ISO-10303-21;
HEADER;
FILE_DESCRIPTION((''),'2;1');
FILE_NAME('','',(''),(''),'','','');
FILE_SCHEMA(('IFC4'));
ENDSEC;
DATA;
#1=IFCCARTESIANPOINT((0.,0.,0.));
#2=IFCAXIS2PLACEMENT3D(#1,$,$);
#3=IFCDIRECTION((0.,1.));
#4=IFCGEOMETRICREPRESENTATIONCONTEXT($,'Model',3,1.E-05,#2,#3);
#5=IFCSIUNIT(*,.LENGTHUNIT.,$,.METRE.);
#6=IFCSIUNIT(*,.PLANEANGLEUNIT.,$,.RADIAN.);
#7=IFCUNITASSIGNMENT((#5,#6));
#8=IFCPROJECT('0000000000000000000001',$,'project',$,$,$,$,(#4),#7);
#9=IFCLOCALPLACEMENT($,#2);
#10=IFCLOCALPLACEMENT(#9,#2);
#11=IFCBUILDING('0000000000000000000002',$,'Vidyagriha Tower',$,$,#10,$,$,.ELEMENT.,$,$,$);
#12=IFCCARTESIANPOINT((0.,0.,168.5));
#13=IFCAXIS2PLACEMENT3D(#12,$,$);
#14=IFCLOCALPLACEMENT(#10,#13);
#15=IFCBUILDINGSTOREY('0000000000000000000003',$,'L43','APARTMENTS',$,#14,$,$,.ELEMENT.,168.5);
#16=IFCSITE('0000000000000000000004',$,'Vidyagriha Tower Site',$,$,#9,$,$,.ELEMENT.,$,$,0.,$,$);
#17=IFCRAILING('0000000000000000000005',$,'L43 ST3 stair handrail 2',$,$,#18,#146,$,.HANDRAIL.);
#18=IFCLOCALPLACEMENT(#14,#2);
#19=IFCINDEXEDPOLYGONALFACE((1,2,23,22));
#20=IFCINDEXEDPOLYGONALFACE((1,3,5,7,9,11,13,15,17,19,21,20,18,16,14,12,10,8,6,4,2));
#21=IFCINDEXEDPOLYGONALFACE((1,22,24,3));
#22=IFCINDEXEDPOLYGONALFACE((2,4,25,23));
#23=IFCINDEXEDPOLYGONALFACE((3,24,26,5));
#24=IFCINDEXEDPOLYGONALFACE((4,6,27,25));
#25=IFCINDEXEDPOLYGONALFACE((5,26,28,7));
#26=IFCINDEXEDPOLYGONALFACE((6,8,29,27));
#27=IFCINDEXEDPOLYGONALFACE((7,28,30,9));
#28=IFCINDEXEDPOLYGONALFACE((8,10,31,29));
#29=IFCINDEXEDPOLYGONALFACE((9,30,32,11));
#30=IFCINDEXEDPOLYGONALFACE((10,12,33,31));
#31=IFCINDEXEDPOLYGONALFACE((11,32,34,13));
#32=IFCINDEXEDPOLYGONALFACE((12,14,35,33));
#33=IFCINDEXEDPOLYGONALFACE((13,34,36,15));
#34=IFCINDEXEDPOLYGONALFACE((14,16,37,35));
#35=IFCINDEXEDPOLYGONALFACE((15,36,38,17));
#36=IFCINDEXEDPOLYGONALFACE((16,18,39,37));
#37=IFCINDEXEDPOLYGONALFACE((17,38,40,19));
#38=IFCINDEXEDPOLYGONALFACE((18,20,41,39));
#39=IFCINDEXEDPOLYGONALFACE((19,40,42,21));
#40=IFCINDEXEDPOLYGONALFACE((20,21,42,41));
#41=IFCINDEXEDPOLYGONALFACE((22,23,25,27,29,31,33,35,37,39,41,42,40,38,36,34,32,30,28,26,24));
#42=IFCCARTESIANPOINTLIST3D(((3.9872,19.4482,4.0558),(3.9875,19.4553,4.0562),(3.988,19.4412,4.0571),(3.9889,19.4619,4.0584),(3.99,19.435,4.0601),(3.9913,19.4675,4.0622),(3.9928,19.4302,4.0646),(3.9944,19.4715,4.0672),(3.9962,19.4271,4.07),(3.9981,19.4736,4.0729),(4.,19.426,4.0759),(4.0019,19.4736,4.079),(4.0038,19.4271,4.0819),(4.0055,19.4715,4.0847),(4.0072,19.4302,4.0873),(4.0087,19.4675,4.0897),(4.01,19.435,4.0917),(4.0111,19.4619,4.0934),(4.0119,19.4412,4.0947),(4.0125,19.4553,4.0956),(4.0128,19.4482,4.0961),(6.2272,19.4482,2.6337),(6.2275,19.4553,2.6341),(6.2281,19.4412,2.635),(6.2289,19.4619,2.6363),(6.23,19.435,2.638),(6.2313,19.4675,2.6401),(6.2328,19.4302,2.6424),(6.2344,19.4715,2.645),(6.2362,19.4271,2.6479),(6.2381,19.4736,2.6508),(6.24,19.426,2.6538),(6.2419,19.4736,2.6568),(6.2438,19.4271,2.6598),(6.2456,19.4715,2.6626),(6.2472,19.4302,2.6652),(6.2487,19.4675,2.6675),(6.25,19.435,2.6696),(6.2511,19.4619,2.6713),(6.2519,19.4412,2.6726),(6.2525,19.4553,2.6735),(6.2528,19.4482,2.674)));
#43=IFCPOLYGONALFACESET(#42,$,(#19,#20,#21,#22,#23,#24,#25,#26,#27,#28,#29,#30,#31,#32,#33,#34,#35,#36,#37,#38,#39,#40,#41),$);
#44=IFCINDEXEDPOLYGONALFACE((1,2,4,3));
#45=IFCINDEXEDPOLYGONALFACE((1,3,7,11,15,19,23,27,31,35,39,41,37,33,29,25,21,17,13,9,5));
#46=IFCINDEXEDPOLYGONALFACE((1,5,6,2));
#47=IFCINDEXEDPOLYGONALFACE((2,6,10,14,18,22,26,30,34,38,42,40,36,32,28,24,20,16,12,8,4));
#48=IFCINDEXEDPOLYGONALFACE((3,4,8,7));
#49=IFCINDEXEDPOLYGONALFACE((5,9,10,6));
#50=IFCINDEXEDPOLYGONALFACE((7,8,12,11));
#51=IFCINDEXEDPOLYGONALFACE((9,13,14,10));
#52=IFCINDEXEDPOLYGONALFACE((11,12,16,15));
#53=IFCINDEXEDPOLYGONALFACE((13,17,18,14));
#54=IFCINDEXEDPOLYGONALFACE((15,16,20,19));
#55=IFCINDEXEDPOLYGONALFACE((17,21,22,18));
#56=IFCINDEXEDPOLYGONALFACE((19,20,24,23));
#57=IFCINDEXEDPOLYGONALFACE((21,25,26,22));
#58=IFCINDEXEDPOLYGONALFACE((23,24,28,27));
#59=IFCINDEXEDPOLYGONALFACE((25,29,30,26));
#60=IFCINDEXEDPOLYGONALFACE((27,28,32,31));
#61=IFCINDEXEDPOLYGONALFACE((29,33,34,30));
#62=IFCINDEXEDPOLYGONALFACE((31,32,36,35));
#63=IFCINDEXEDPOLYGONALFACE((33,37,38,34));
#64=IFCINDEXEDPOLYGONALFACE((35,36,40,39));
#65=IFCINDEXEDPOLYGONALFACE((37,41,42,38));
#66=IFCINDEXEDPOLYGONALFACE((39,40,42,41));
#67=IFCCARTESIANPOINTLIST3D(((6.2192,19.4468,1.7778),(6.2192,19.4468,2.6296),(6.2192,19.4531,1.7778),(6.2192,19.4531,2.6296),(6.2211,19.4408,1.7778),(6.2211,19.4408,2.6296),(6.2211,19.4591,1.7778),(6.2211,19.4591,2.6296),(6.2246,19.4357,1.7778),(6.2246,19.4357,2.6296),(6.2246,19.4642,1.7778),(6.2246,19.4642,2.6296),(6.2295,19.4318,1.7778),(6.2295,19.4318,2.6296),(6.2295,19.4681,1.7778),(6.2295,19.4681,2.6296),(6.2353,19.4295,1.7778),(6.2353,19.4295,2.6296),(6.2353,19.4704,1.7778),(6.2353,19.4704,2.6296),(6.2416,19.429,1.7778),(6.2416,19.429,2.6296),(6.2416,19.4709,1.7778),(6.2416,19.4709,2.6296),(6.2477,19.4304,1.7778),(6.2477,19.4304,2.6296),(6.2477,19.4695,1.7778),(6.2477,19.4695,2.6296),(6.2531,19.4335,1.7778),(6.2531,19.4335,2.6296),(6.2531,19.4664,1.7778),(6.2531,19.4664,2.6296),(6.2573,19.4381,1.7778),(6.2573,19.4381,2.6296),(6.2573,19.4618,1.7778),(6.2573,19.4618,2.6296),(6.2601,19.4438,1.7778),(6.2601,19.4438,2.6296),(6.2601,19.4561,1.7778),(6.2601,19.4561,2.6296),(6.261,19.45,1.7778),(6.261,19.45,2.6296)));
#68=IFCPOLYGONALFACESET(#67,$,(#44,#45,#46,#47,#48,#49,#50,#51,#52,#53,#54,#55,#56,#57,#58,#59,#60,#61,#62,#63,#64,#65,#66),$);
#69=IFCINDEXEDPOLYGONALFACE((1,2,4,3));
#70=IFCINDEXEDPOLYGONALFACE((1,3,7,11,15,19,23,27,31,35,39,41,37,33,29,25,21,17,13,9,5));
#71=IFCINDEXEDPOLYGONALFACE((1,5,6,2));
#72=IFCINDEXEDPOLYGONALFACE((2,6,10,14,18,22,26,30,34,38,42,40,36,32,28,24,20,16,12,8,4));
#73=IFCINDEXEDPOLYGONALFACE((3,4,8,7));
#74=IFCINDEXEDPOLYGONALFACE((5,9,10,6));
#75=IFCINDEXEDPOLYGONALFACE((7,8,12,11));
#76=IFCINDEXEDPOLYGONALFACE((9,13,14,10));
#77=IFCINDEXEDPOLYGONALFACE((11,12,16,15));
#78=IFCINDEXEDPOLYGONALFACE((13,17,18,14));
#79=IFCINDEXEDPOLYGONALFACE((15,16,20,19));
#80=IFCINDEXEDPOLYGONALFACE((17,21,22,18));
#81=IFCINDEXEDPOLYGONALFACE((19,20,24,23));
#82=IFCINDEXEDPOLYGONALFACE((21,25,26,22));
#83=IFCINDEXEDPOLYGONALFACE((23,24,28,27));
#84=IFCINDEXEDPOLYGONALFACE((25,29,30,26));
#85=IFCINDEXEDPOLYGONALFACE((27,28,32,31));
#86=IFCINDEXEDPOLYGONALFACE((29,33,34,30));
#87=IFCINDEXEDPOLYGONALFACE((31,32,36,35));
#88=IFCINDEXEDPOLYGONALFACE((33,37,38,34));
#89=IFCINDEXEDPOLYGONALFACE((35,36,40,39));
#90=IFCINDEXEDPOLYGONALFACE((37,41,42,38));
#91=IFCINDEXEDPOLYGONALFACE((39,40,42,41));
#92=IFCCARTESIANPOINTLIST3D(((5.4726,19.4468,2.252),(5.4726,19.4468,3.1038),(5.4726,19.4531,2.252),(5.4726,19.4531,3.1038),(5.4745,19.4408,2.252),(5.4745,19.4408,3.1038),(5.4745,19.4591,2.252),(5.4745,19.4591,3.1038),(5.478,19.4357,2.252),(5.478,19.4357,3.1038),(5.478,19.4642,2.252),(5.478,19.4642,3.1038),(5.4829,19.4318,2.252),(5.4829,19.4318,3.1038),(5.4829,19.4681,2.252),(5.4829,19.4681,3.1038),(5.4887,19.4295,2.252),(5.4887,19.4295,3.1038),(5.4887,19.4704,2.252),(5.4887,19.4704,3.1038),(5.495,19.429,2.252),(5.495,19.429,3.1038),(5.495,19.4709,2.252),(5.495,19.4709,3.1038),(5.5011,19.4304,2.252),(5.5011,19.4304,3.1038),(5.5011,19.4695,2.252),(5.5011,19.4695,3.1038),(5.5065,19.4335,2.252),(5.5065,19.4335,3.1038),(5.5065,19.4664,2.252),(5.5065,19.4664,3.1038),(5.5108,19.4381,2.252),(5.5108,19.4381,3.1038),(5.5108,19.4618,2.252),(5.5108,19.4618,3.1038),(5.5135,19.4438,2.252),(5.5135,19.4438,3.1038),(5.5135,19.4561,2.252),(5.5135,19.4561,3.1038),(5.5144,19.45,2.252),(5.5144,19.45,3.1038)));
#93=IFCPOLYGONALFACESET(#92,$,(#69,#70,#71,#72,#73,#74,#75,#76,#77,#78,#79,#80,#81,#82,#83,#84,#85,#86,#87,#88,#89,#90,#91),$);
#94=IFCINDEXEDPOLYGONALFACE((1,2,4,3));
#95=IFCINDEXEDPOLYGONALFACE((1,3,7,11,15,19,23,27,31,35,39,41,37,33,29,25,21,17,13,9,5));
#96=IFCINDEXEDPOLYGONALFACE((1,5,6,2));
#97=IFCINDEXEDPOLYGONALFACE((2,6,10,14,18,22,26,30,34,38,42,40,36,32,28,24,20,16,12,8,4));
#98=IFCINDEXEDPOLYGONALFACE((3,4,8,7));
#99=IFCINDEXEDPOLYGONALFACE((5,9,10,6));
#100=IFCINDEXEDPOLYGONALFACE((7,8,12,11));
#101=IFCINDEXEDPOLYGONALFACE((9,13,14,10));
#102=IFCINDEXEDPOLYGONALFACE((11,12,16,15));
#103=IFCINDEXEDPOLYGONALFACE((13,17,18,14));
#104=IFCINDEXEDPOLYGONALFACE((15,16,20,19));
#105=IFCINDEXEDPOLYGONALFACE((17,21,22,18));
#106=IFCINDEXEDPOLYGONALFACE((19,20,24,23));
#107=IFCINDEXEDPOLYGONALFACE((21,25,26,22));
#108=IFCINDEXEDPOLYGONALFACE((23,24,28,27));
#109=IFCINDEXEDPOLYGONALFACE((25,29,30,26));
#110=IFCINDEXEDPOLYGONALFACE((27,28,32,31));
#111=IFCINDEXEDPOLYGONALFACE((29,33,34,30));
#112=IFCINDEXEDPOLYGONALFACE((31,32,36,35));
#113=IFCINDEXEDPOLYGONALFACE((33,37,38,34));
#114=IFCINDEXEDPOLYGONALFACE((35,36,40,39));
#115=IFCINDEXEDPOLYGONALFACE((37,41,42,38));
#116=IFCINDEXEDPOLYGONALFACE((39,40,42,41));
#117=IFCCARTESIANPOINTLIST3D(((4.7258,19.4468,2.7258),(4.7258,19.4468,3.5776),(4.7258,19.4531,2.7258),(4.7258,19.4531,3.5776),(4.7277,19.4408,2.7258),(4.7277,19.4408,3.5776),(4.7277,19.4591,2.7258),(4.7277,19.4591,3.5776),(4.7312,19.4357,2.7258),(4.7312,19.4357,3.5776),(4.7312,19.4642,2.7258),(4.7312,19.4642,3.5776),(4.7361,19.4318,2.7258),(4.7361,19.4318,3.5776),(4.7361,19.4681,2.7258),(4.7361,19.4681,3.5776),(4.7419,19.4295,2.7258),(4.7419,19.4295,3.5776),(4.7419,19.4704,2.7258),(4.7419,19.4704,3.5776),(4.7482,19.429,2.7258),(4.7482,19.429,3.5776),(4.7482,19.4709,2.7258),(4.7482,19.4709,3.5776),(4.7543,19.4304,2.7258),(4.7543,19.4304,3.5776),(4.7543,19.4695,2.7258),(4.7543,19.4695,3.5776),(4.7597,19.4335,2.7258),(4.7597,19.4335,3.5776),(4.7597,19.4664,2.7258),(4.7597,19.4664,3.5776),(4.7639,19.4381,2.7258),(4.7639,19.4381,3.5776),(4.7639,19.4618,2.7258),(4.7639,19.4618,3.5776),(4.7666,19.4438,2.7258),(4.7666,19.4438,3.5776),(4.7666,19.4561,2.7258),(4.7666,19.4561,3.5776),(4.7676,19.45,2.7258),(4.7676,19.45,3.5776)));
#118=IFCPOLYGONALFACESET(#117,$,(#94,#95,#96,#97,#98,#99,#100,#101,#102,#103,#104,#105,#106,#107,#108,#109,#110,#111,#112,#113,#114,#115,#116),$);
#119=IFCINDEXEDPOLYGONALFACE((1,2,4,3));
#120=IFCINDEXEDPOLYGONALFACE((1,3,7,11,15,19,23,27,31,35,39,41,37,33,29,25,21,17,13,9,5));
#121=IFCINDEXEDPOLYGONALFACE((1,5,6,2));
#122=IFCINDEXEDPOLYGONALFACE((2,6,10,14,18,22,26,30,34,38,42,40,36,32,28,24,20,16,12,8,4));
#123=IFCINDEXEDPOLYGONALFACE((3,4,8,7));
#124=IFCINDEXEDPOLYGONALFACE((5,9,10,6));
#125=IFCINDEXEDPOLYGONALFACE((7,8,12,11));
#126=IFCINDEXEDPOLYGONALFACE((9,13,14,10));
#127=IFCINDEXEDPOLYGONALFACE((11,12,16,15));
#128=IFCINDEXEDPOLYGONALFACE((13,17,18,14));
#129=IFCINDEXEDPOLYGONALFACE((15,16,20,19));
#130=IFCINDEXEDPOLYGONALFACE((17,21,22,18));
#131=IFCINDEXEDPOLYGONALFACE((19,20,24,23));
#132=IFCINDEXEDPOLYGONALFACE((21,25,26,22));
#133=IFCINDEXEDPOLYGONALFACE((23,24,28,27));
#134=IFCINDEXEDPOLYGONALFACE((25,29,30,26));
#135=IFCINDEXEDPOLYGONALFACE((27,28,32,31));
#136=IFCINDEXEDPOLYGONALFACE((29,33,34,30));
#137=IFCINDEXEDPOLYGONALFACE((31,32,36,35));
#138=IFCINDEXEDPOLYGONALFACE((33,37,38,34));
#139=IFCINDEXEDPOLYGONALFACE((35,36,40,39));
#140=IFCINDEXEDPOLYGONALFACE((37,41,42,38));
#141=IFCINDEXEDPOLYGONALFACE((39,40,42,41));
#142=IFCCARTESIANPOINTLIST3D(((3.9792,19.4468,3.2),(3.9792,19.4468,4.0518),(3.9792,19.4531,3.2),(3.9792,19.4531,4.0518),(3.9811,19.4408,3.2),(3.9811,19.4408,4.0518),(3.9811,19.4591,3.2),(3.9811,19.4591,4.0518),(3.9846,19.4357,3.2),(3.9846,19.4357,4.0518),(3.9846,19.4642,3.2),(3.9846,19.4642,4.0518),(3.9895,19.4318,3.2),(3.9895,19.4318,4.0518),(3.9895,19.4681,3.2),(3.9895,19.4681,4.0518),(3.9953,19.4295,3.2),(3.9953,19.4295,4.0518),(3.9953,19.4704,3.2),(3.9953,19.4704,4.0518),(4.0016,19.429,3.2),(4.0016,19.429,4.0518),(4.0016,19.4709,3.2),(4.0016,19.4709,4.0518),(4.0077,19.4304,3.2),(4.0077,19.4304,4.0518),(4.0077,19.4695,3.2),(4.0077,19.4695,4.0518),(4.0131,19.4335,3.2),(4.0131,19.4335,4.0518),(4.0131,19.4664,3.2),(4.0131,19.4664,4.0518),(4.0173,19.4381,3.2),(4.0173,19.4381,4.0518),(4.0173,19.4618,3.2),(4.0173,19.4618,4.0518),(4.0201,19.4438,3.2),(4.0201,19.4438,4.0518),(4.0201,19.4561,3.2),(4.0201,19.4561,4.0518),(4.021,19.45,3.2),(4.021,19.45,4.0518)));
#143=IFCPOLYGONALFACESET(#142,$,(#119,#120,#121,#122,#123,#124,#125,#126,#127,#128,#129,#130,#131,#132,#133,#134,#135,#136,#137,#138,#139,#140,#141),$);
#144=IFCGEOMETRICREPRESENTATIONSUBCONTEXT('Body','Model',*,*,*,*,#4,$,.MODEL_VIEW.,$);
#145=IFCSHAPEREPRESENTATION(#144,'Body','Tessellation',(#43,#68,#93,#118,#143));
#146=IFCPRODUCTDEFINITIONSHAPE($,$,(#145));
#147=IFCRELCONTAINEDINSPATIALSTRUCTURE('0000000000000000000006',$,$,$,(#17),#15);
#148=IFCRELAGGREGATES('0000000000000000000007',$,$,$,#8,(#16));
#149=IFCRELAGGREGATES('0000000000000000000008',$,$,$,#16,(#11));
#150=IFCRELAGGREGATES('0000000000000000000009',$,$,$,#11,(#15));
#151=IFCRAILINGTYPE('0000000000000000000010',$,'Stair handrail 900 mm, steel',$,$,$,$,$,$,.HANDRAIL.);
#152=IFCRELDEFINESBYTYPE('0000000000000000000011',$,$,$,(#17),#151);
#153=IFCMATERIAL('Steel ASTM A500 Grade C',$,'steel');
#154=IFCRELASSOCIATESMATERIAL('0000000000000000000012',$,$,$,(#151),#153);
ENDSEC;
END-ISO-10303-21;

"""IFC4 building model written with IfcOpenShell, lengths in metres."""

from ifc_helpers import new_model, si_unit, direction, frame, origin, origin_2d, place, context, subcontext, project, spatial, circle, extrude, material, type_object, element, save


model = new_model("IFC4")

# Units and contexts
model_context = context("Model", 3, precision=1e-05, world=origin(), true_north=direction((0.0, 1.0)))
body_context = subcontext(model_context, "Body", "Model", "MODEL_VIEW")
ifc_project = project(units=[si_unit("LENGTHUNIT", "METRE"), si_unit("PLANEANGLEUNIT", "RADIAN")], contexts=[model_context])

# Site, building, storey
site_placement = place(None, origin())
site = spatial("IfcSite", under=ifc_project, at=site_placement, Name="Vidyagriha Tower Site", CompositionType="ELEMENT", RefElevation=0.0)
building_placement = place(site_placement, origin())
building = spatial("IfcBuilding", under=site, at=building_placement, Name="Vidyagriha Tower", CompositionType="ELEMENT")
storey_placement = place(building_placement, frame((0.0, 0.0, 168.5)))
storey = spatial("IfcBuildingStorey", under=building, at=storey_placement, Name="L43", Description="APARTMENTS", CompositionType="ELEMENT", Elevation=168.5)

# Railing
ifc_material_1 = material(Name="Steel ASTM A500 Grade C", Category="steel")
railing_type_1 = type_object("IfcRailingType", Name="Stair handrail 900 mm, steel", PredefinedType="HANDRAIL", material=ifc_material_1)
railing_1_placement = place(storey_placement, frame((6.24, 19.45, 1.7778)))
element("IfcRailing", 1, at=railing_1_placement, inside=storey, type_object=railing_type_1, Name="L43 ST3 stair handrail 2", PredefinedType="HANDRAIL", context=body_context, shape_type="SweptSolid", body=[
    extrude(circle(Radius=0.0239, at=origin_2d()), frame((0.0, 0.0, 0.876), z_axis=(-0.844229, 0.0, 0.535982), x_axis=(0.0, -1.0, 0.0)), (0.0, 0.0, 1.0), 2.6533),
    extrude(circle(Radius=0.021, at=origin_2d()), origin(), (0.0, 0.0, 1.0), 0.8518),
    extrude(circle(Radius=0.021, at=origin_2d()), frame((-0.7466, 0.0, 0.4741)), (0.0, 0.0, 1.0), 0.8518),
    extrude(circle(Radius=0.021, at=origin_2d()), frame((-1.4934, 0.0, 0.948)), (0.0, 0.0, 1.0), 0.8518),
    extrude(circle(Radius=0.021, at=origin_2d()), frame((-2.24, 0.0, 1.4221)), (0.0, 0.0, 1.0), 0.8518),
])

save(model, "model.ifc")
